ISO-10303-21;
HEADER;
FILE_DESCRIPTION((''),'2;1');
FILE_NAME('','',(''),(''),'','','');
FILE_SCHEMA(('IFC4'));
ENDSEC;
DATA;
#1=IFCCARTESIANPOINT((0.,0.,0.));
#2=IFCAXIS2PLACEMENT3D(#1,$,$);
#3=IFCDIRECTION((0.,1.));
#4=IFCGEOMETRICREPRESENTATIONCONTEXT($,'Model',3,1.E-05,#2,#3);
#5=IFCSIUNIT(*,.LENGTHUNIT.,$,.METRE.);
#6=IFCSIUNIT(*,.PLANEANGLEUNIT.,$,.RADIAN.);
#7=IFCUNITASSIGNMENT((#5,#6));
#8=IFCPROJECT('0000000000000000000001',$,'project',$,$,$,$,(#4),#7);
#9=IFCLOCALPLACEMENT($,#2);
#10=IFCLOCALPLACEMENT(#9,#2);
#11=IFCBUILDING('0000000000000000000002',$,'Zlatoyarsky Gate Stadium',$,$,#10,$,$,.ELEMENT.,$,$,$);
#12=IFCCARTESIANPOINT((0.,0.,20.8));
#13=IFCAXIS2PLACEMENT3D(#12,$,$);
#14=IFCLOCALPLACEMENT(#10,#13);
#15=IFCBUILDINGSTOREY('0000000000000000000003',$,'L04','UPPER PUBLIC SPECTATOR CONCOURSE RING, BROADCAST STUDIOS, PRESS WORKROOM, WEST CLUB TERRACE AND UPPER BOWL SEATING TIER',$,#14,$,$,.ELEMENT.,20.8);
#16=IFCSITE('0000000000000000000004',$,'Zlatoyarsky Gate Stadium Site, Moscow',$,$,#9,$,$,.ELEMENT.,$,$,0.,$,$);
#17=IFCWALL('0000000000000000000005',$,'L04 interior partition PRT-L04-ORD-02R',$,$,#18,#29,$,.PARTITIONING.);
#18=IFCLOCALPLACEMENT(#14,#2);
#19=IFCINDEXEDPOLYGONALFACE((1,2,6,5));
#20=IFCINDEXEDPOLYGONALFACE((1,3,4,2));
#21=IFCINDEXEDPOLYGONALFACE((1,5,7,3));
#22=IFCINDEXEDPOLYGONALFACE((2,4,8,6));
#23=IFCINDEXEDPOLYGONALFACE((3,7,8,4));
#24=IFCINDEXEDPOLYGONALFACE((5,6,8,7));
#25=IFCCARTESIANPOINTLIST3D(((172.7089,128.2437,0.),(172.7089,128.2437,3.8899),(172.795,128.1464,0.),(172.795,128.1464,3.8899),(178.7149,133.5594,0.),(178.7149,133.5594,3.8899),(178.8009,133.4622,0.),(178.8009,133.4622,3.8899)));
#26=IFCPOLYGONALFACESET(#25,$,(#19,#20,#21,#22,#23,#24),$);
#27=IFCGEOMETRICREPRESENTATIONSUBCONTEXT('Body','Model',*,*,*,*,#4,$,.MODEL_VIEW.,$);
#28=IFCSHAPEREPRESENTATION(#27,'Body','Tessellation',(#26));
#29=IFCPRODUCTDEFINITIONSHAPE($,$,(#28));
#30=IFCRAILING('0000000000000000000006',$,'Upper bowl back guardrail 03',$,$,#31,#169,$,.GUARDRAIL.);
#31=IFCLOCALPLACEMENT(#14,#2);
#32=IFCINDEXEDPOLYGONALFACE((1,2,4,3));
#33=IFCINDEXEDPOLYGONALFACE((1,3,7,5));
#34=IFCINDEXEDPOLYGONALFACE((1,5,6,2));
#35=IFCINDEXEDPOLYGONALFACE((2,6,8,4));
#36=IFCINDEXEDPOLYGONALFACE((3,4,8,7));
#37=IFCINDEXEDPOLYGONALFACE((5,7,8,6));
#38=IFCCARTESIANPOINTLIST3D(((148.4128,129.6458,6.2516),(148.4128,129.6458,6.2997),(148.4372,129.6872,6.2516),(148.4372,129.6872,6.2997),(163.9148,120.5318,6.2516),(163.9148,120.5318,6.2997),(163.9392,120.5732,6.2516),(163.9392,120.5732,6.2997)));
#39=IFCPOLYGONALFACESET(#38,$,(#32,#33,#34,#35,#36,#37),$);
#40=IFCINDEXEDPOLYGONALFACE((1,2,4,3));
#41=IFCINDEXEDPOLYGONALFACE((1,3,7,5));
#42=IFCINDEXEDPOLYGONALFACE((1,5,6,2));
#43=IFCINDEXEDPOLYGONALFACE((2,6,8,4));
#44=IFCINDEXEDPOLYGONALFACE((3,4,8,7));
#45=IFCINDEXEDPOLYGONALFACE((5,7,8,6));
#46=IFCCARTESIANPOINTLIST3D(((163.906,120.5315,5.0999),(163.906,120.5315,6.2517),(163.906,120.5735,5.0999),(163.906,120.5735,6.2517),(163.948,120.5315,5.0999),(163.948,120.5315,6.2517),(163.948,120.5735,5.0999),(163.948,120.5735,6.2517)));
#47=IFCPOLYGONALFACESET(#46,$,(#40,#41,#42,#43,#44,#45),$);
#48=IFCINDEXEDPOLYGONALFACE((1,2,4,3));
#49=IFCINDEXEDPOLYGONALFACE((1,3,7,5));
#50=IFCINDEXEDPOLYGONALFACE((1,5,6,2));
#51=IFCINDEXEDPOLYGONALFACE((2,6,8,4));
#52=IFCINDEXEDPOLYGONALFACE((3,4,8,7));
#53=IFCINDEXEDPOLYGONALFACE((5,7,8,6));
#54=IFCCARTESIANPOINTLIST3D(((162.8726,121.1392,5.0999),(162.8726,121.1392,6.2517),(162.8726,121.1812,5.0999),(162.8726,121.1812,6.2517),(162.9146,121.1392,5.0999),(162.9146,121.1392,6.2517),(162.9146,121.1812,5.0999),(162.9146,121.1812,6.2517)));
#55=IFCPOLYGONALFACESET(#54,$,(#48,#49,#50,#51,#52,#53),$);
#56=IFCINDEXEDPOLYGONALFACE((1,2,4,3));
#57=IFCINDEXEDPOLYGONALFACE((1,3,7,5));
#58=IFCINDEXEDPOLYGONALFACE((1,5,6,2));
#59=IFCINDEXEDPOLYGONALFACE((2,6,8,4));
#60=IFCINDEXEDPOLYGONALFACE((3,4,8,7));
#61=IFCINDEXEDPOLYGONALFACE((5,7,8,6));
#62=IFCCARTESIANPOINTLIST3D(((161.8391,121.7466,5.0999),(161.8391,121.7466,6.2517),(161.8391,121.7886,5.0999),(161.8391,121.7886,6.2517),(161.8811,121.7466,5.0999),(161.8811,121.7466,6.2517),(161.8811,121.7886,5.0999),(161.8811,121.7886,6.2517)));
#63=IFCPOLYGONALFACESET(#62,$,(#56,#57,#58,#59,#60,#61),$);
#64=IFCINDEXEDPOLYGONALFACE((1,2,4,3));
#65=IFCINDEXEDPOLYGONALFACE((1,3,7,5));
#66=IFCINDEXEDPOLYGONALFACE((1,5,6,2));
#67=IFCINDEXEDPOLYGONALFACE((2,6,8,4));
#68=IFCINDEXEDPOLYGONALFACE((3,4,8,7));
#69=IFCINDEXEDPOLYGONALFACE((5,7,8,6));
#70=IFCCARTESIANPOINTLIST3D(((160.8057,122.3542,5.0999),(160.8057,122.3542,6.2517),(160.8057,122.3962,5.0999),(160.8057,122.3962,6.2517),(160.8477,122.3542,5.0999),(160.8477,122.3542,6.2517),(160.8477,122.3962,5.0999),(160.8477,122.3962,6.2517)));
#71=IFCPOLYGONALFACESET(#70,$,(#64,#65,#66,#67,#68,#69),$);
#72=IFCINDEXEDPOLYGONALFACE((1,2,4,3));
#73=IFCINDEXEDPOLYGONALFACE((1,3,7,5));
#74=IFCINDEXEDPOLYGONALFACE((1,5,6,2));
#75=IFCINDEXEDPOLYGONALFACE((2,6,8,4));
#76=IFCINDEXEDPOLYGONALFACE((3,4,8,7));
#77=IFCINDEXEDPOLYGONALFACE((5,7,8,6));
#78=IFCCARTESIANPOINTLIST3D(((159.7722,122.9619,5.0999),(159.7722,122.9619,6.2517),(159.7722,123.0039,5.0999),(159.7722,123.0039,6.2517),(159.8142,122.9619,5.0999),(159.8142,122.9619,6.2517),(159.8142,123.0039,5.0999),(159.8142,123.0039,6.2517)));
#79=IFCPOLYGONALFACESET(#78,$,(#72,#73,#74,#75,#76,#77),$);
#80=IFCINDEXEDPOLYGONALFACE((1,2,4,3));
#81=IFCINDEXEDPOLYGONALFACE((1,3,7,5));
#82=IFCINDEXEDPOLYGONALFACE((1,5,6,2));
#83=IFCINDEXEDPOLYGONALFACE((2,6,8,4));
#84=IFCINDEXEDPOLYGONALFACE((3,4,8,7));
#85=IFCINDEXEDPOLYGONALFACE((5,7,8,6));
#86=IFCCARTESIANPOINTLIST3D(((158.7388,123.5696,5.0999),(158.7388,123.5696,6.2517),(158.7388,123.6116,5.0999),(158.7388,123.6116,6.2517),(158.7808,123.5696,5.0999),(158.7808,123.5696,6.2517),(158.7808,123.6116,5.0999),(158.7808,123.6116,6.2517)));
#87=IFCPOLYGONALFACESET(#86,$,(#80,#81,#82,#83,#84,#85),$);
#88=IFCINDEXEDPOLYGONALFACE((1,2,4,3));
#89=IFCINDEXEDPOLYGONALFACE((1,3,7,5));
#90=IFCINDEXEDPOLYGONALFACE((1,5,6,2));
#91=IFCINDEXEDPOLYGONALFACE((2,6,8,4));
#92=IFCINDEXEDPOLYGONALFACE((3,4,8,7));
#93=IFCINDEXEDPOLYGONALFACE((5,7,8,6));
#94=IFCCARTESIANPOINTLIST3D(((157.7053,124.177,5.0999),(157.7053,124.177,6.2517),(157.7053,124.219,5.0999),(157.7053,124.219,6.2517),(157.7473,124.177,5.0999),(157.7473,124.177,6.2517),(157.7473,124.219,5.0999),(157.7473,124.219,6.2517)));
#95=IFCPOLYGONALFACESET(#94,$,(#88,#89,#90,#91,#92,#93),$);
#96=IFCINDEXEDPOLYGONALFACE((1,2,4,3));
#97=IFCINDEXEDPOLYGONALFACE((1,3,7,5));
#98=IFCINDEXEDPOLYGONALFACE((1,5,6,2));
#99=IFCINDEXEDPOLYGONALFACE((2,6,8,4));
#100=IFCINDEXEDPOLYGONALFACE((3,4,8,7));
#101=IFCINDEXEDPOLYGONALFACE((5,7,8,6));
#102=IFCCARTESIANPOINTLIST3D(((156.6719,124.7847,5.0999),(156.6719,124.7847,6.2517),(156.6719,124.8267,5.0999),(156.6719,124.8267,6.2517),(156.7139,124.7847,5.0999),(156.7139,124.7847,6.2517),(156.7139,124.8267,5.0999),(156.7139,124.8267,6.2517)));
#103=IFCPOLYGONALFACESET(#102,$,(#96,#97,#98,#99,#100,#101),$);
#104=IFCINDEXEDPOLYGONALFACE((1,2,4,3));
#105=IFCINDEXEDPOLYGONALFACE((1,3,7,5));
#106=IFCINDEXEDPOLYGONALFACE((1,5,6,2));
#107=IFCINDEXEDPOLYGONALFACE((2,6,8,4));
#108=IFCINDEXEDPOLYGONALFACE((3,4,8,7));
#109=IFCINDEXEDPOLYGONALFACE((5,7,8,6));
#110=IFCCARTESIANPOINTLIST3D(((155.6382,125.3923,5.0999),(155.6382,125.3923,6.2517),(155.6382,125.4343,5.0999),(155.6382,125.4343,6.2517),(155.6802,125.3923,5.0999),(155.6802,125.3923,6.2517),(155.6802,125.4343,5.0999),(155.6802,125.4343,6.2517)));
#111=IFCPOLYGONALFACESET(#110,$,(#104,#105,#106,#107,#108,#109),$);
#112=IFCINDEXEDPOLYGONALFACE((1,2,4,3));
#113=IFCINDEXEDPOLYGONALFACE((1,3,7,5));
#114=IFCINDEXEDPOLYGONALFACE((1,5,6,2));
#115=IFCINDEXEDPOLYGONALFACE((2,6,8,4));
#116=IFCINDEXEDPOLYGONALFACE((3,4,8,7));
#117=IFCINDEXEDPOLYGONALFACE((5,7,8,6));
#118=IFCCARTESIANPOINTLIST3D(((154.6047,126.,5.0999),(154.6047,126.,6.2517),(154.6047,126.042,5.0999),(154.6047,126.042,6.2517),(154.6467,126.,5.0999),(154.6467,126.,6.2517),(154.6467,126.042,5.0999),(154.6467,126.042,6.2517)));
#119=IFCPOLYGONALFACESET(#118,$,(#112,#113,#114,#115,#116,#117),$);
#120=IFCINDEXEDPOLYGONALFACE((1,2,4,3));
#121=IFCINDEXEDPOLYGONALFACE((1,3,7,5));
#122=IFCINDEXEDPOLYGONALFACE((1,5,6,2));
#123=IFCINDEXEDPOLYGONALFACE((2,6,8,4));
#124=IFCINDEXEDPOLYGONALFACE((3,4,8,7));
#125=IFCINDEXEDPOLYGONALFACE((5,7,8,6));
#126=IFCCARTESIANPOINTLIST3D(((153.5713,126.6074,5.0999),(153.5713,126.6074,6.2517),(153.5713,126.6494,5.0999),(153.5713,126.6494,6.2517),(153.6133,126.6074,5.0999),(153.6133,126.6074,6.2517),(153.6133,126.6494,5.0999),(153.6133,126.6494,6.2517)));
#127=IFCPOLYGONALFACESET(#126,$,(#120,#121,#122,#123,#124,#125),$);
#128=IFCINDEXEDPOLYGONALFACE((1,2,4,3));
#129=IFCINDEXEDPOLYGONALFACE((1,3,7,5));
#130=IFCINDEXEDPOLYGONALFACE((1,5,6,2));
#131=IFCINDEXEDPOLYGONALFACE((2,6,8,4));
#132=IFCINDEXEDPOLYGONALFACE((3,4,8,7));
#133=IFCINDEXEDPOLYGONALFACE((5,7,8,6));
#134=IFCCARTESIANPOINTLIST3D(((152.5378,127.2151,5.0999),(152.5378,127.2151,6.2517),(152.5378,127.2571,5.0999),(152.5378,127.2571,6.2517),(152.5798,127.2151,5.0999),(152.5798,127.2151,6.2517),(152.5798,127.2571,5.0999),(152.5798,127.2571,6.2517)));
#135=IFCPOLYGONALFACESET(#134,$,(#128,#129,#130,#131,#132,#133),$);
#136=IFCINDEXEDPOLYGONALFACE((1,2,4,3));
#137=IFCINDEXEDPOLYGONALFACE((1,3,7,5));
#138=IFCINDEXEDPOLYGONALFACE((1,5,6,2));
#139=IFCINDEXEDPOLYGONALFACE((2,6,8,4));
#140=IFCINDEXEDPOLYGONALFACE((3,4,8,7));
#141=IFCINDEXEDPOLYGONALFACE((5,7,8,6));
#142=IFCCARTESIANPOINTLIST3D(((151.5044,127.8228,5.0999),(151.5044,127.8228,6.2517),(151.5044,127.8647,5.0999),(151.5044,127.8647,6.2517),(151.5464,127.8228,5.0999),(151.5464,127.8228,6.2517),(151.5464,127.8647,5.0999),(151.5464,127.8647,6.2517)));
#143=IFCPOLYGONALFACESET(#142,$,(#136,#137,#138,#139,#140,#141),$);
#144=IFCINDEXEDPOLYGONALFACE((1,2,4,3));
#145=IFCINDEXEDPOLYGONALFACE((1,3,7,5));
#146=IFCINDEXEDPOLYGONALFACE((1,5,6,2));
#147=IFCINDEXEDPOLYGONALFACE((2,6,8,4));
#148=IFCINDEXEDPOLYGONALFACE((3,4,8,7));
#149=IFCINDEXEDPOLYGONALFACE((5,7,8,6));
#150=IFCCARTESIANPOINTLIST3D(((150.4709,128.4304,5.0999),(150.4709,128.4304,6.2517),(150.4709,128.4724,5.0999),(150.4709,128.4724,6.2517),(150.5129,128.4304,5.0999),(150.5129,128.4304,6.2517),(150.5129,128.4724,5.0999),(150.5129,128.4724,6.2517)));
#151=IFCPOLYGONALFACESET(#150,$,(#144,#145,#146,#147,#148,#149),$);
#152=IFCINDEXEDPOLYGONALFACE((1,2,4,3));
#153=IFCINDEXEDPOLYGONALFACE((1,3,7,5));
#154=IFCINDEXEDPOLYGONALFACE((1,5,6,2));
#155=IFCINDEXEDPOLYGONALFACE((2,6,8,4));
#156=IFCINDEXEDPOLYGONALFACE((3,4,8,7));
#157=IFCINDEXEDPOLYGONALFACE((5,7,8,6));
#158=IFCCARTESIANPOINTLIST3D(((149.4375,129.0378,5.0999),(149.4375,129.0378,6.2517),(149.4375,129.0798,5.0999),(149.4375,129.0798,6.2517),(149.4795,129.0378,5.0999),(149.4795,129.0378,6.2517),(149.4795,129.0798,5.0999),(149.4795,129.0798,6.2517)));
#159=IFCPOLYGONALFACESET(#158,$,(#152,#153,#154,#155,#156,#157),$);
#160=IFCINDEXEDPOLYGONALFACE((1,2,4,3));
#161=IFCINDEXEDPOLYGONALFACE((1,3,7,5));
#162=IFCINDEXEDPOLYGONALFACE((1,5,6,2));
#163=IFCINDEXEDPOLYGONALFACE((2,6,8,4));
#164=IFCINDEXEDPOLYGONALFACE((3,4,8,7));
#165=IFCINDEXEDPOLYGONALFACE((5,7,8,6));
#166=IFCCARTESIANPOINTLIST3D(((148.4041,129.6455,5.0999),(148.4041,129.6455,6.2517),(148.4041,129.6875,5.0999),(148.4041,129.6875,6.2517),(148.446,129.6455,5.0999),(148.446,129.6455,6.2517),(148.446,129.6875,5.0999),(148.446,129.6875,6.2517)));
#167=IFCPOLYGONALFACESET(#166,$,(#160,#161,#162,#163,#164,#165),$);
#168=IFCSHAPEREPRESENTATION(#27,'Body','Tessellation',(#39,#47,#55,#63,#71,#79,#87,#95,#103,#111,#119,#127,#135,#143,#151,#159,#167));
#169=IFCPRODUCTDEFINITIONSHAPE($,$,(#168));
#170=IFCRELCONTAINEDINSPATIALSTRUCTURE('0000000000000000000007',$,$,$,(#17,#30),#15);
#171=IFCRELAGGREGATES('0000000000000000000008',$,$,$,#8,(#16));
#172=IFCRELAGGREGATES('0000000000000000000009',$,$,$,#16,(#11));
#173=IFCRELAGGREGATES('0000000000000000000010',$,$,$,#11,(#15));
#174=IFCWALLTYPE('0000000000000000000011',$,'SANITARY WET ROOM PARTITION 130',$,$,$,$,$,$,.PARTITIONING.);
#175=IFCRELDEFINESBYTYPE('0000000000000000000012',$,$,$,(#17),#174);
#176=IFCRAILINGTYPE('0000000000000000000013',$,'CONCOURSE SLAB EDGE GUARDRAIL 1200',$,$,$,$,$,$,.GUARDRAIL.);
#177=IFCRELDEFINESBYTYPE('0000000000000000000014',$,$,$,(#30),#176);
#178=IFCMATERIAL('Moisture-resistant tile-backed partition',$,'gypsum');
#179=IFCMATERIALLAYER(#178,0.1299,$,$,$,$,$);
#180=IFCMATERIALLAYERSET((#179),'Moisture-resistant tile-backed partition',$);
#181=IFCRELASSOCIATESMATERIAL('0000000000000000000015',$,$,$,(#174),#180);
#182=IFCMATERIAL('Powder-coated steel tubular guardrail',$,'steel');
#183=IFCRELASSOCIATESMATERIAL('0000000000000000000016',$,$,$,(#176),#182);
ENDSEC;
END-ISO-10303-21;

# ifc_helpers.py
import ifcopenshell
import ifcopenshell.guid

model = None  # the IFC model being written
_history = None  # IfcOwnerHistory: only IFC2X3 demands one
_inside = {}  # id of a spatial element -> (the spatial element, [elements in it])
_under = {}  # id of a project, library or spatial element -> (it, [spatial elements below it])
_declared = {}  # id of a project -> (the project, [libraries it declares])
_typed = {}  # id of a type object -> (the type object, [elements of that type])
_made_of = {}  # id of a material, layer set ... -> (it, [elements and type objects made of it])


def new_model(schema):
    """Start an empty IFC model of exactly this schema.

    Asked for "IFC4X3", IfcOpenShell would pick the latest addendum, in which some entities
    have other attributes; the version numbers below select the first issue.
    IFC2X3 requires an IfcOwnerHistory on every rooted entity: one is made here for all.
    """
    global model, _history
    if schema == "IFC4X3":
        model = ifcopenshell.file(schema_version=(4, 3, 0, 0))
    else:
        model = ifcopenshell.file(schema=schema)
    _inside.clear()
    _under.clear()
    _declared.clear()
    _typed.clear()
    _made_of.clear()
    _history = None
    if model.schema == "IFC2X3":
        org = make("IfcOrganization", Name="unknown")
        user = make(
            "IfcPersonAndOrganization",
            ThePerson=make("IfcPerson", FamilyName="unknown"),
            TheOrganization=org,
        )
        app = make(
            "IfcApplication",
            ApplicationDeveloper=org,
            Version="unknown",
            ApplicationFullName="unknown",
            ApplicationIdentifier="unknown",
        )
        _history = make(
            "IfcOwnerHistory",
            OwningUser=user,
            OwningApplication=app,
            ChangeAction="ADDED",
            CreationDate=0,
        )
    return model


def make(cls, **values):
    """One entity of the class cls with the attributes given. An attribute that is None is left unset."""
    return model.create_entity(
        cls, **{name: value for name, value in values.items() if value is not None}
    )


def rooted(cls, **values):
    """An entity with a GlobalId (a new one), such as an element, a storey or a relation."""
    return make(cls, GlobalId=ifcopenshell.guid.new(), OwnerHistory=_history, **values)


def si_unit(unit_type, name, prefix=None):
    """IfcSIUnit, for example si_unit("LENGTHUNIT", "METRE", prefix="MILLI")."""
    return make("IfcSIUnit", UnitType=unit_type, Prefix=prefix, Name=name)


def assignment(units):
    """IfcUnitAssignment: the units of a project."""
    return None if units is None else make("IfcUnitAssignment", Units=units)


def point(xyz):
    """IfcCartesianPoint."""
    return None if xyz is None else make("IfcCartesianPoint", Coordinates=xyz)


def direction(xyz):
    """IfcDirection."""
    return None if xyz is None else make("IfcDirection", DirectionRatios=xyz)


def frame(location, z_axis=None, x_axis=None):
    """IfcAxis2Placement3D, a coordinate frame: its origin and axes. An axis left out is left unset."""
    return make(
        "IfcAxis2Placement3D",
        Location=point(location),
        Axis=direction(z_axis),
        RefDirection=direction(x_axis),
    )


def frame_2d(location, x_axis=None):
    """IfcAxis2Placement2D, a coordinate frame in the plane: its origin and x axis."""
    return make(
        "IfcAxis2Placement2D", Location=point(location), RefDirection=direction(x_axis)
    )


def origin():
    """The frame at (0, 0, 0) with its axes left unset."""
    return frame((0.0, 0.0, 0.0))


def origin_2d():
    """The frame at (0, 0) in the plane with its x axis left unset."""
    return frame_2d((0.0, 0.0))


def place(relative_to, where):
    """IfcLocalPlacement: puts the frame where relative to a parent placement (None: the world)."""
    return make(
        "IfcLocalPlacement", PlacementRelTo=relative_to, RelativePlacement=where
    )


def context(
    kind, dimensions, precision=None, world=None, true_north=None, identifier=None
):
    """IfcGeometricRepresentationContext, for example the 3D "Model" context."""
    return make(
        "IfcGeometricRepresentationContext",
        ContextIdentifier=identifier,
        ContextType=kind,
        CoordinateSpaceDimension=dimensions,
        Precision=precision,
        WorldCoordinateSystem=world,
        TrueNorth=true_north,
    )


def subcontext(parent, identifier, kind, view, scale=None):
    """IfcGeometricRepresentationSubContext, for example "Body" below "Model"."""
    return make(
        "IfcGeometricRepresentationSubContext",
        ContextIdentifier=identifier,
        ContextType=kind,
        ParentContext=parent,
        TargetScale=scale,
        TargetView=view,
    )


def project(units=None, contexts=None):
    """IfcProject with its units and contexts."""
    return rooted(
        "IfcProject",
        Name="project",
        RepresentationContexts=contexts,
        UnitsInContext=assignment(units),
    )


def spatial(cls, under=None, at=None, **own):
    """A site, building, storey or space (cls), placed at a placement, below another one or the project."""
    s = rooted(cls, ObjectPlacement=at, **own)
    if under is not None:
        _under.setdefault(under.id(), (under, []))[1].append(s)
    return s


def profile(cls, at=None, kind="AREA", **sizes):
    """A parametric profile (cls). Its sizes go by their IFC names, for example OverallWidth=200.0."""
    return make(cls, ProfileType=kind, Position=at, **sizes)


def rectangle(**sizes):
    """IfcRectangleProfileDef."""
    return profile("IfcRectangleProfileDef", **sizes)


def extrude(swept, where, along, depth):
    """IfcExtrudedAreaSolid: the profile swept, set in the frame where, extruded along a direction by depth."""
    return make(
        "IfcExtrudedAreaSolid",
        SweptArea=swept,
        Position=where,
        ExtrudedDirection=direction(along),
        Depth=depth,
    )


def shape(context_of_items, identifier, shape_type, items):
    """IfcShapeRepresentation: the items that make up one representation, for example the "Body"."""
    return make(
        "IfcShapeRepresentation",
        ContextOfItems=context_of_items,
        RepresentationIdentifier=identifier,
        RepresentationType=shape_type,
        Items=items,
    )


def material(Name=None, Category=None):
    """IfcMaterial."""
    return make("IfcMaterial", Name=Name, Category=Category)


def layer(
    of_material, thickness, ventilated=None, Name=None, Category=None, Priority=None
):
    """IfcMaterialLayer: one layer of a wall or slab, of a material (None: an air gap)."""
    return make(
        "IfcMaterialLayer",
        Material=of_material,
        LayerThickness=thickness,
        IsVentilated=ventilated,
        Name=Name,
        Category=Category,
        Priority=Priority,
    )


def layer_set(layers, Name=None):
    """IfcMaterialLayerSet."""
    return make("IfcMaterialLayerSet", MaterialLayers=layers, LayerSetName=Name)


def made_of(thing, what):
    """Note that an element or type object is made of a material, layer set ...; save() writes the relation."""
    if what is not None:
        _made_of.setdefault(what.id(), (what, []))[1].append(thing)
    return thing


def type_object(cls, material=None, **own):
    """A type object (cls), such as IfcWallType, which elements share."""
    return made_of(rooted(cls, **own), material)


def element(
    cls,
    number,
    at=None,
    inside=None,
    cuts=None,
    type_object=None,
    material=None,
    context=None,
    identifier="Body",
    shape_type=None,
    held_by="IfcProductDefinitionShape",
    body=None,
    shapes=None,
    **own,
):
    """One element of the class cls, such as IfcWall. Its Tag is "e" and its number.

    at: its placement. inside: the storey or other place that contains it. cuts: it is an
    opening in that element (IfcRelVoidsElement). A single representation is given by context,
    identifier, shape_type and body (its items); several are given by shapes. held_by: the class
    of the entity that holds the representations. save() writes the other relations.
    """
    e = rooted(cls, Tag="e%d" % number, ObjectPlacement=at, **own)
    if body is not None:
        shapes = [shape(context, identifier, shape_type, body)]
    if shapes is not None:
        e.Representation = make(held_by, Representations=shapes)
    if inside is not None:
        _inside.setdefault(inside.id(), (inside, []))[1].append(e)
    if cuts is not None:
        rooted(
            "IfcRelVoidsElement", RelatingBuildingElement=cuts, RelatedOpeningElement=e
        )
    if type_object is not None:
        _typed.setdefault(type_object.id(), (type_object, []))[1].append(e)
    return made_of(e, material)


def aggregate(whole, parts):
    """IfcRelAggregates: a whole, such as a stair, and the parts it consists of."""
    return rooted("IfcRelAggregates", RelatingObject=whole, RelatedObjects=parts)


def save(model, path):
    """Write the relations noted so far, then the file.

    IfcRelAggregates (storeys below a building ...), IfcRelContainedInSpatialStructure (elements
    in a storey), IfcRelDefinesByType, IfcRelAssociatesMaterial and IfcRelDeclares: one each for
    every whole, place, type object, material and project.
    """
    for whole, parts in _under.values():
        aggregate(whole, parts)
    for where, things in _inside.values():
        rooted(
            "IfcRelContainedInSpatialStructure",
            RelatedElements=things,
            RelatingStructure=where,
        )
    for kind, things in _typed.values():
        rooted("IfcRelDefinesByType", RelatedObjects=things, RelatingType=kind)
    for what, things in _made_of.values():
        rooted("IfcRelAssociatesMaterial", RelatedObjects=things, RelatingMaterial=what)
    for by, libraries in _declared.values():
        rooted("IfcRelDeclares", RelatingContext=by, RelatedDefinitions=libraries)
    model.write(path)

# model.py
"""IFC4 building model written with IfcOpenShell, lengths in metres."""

from ifc_helpers import new_model, si_unit, direction, frame, frame_2d, origin, origin_2d, place, context, subcontext, project, spatial, rectangle, extrude, material, layer, layer_set, type_object, element, save


model = new_model("IFC4")

# Units and contexts
model_context = context("Model", 3, precision=1e-05, world=origin(), true_north=direction((0.0, 1.0)))
body_context = subcontext(model_context, "Body", "Model", "MODEL_VIEW")
ifc_project = project(units=[si_unit("LENGTHUNIT", "METRE"), si_unit("PLANEANGLEUNIT", "RADIAN")], contexts=[model_context])

# Site, building, storey
site_placement = place(None, origin())
site = spatial("IfcSite", under=ifc_project, at=site_placement, Name="Zlatoyarsky Gate Stadium Site, Moscow", CompositionType="ELEMENT", RefElevation=0.0)
building_placement = place(site_placement, origin())
building = spatial("IfcBuilding", under=site, at=building_placement, Name="Zlatoyarsky Gate Stadium", CompositionType="ELEMENT")
storey_placement = place(building_placement, frame((0.0, 0.0, 20.8)))
storey = spatial("IfcBuildingStorey", under=building, at=storey_placement, Name="L04", Description="UPPER PUBLIC SPECTATOR CONCOURSE RING, BROADCAST STUDIOS, PRESS WORKROOM, WEST CLUB TERRACE AND UPPER BOWL SEATING TIER", CompositionType="ELEMENT", Elevation=20.8)

# Wall
ifc_material_1 = material(Name="Moisture-resistant tile-backed partition", Category="gypsum")
ifc_layer_1 = layer(ifc_material_1, 0.1299)
ifc_layer_set_1 = layer_set([ifc_layer_1], Name="Moisture-resistant tile-backed partition")
wall_type_1 = type_object("IfcWallType", Name="SANITARY WET ROOM PARTITION 130", PredefinedType="PARTITIONING", material=ifc_layer_set_1)
wall_1_placement = place(storey_placement, frame((172.752, 128.1951, 0.0), z_axis=(0.0, 0.0, 1.0), x_axis=(0.748823, 0.66277, 0.0)))
element("IfcWall", 1, at=wall_1_placement, inside=storey, type_object=wall_type_1, Name="L04 interior partition PRT-L04-ORD-02R", PredefinedType="PARTITIONING", context=body_context, shape_type="SweptSolid", body=[
    extrude(rectangle(XDim=8.0205, YDim=0.1299, at=frame_2d((4.0103, 0.0))), origin(), (0.0, 0.0, 1.0), 3.8899),
])

# Railing
ifc_material_2 = material(Name="Powder-coated steel tubular guardrail", Category="steel")
railing_type = type_object("IfcRailingType", Name="CONCOURSE SLAB EDGE GUARDRAIL 1200", PredefinedType="GUARDRAIL", material=ifc_material_2)
railing_1_placement = place(storey_placement, frame((163.927, 120.5525, 5.0999)))
element("IfcRailing", 2, at=railing_1_placement, inside=storey, type_object=railing_type, Name="Upper bowl back guardrail 03", PredefinedType="GUARDRAIL", context=body_context, shape_type="SweptSolid", body=[
    extrude(rectangle(XDim=0.0481, YDim=0.0481, at=origin_2d()), frame((0.0, 0.0, 1.1758), z_axis=(-0.86205, 0.506823, 0.0), x_axis=(-0.506823, -0.86205, 0.0)), (0.0, 0.0, 1.0), 17.9827),
    extrude(rectangle(XDim=0.042, YDim=0.042, at=origin_2d()), origin(), (0.0, 0.0, 1.0), 1.1519),
    extrude(rectangle(XDim=0.042, YDim=0.042, at=origin_2d()), frame((-1.0334, 0.6077, 0.0)), (0.0, 0.0, 1.0), 1.1519),
    extrude(rectangle(XDim=0.042, YDim=0.042, at=origin_2d()), frame((-2.0669, 1.2151, 0.0)), (0.0, 0.0, 1.0), 1.1519),
    extrude(rectangle(XDim=0.042, YDim=0.042, at=origin_2d()), frame((-3.1003, 1.8228, 0.0)), (0.0, 0.0, 1.0), 1.1519),
    extrude(rectangle(XDim=0.042, YDim=0.042, at=origin_2d()), frame((-4.1338, 2.4304, 0.0)), (0.0, 0.0, 1.0), 1.1519),
    extrude(rectangle(XDim=0.042, YDim=0.042, at=origin_2d()), frame((-5.1672, 3.0381, 0.0)), (0.0, 0.0, 1.0), 1.1519),
    extrude(rectangle(XDim=0.042, YDim=0.042, at=origin_2d()), frame((-6.2007, 3.6455, 0.0)), (0.0, 0.0, 1.0), 1.1519),
    extrude(rectangle(XDim=0.042, YDim=0.042, at=origin_2d()), frame((-7.2341, 4.2532, 0.0)), (0.0, 0.0, 1.0), 1.1519),
    extrude(rectangle(XDim=0.042, YDim=0.042, at=origin_2d()), frame((-8.2678, 4.8608, 0.0)), (0.0, 0.0, 1.0), 1.1519),
    extrude(rectangle(XDim=0.042, YDim=0.042, at=origin_2d()), frame((-9.3013, 5.4685, 0.0)), (0.0, 0.0, 1.0), 1.1519),
    extrude(rectangle(XDim=0.042, YDim=0.042, at=origin_2d()), frame((-10.3347, 6.0759, 0.0)), (0.0, 0.0, 1.0), 1.1519),
    extrude(rectangle(XDim=0.042, YDim=0.042, at=origin_2d()), frame((-11.3682, 6.6836, 0.0)), (0.0, 0.0, 1.0), 1.1519),
    extrude(rectangle(XDim=0.042, YDim=0.042, at=origin_2d()), frame((-12.4016, 7.2913, 0.0)), (0.0, 0.0, 1.0), 1.1519),
    extrude(rectangle(XDim=0.042, YDim=0.042, at=origin_2d()), frame((-13.4351, 7.8989, 0.0)), (0.0, 0.0, 1.0), 1.1519),
    extrude(rectangle(XDim=0.042, YDim=0.042, at=origin_2d()), frame((-14.4685, 8.5063, 0.0)), (0.0, 0.0, 1.0), 1.1519),
    extrude(rectangle(XDim=0.042, YDim=0.042, at=origin_2d()), frame((-15.502, 9.114, 0.0)), (0.0, 0.0, 1.0), 1.1519),
])

save(model, "model.ifc")
